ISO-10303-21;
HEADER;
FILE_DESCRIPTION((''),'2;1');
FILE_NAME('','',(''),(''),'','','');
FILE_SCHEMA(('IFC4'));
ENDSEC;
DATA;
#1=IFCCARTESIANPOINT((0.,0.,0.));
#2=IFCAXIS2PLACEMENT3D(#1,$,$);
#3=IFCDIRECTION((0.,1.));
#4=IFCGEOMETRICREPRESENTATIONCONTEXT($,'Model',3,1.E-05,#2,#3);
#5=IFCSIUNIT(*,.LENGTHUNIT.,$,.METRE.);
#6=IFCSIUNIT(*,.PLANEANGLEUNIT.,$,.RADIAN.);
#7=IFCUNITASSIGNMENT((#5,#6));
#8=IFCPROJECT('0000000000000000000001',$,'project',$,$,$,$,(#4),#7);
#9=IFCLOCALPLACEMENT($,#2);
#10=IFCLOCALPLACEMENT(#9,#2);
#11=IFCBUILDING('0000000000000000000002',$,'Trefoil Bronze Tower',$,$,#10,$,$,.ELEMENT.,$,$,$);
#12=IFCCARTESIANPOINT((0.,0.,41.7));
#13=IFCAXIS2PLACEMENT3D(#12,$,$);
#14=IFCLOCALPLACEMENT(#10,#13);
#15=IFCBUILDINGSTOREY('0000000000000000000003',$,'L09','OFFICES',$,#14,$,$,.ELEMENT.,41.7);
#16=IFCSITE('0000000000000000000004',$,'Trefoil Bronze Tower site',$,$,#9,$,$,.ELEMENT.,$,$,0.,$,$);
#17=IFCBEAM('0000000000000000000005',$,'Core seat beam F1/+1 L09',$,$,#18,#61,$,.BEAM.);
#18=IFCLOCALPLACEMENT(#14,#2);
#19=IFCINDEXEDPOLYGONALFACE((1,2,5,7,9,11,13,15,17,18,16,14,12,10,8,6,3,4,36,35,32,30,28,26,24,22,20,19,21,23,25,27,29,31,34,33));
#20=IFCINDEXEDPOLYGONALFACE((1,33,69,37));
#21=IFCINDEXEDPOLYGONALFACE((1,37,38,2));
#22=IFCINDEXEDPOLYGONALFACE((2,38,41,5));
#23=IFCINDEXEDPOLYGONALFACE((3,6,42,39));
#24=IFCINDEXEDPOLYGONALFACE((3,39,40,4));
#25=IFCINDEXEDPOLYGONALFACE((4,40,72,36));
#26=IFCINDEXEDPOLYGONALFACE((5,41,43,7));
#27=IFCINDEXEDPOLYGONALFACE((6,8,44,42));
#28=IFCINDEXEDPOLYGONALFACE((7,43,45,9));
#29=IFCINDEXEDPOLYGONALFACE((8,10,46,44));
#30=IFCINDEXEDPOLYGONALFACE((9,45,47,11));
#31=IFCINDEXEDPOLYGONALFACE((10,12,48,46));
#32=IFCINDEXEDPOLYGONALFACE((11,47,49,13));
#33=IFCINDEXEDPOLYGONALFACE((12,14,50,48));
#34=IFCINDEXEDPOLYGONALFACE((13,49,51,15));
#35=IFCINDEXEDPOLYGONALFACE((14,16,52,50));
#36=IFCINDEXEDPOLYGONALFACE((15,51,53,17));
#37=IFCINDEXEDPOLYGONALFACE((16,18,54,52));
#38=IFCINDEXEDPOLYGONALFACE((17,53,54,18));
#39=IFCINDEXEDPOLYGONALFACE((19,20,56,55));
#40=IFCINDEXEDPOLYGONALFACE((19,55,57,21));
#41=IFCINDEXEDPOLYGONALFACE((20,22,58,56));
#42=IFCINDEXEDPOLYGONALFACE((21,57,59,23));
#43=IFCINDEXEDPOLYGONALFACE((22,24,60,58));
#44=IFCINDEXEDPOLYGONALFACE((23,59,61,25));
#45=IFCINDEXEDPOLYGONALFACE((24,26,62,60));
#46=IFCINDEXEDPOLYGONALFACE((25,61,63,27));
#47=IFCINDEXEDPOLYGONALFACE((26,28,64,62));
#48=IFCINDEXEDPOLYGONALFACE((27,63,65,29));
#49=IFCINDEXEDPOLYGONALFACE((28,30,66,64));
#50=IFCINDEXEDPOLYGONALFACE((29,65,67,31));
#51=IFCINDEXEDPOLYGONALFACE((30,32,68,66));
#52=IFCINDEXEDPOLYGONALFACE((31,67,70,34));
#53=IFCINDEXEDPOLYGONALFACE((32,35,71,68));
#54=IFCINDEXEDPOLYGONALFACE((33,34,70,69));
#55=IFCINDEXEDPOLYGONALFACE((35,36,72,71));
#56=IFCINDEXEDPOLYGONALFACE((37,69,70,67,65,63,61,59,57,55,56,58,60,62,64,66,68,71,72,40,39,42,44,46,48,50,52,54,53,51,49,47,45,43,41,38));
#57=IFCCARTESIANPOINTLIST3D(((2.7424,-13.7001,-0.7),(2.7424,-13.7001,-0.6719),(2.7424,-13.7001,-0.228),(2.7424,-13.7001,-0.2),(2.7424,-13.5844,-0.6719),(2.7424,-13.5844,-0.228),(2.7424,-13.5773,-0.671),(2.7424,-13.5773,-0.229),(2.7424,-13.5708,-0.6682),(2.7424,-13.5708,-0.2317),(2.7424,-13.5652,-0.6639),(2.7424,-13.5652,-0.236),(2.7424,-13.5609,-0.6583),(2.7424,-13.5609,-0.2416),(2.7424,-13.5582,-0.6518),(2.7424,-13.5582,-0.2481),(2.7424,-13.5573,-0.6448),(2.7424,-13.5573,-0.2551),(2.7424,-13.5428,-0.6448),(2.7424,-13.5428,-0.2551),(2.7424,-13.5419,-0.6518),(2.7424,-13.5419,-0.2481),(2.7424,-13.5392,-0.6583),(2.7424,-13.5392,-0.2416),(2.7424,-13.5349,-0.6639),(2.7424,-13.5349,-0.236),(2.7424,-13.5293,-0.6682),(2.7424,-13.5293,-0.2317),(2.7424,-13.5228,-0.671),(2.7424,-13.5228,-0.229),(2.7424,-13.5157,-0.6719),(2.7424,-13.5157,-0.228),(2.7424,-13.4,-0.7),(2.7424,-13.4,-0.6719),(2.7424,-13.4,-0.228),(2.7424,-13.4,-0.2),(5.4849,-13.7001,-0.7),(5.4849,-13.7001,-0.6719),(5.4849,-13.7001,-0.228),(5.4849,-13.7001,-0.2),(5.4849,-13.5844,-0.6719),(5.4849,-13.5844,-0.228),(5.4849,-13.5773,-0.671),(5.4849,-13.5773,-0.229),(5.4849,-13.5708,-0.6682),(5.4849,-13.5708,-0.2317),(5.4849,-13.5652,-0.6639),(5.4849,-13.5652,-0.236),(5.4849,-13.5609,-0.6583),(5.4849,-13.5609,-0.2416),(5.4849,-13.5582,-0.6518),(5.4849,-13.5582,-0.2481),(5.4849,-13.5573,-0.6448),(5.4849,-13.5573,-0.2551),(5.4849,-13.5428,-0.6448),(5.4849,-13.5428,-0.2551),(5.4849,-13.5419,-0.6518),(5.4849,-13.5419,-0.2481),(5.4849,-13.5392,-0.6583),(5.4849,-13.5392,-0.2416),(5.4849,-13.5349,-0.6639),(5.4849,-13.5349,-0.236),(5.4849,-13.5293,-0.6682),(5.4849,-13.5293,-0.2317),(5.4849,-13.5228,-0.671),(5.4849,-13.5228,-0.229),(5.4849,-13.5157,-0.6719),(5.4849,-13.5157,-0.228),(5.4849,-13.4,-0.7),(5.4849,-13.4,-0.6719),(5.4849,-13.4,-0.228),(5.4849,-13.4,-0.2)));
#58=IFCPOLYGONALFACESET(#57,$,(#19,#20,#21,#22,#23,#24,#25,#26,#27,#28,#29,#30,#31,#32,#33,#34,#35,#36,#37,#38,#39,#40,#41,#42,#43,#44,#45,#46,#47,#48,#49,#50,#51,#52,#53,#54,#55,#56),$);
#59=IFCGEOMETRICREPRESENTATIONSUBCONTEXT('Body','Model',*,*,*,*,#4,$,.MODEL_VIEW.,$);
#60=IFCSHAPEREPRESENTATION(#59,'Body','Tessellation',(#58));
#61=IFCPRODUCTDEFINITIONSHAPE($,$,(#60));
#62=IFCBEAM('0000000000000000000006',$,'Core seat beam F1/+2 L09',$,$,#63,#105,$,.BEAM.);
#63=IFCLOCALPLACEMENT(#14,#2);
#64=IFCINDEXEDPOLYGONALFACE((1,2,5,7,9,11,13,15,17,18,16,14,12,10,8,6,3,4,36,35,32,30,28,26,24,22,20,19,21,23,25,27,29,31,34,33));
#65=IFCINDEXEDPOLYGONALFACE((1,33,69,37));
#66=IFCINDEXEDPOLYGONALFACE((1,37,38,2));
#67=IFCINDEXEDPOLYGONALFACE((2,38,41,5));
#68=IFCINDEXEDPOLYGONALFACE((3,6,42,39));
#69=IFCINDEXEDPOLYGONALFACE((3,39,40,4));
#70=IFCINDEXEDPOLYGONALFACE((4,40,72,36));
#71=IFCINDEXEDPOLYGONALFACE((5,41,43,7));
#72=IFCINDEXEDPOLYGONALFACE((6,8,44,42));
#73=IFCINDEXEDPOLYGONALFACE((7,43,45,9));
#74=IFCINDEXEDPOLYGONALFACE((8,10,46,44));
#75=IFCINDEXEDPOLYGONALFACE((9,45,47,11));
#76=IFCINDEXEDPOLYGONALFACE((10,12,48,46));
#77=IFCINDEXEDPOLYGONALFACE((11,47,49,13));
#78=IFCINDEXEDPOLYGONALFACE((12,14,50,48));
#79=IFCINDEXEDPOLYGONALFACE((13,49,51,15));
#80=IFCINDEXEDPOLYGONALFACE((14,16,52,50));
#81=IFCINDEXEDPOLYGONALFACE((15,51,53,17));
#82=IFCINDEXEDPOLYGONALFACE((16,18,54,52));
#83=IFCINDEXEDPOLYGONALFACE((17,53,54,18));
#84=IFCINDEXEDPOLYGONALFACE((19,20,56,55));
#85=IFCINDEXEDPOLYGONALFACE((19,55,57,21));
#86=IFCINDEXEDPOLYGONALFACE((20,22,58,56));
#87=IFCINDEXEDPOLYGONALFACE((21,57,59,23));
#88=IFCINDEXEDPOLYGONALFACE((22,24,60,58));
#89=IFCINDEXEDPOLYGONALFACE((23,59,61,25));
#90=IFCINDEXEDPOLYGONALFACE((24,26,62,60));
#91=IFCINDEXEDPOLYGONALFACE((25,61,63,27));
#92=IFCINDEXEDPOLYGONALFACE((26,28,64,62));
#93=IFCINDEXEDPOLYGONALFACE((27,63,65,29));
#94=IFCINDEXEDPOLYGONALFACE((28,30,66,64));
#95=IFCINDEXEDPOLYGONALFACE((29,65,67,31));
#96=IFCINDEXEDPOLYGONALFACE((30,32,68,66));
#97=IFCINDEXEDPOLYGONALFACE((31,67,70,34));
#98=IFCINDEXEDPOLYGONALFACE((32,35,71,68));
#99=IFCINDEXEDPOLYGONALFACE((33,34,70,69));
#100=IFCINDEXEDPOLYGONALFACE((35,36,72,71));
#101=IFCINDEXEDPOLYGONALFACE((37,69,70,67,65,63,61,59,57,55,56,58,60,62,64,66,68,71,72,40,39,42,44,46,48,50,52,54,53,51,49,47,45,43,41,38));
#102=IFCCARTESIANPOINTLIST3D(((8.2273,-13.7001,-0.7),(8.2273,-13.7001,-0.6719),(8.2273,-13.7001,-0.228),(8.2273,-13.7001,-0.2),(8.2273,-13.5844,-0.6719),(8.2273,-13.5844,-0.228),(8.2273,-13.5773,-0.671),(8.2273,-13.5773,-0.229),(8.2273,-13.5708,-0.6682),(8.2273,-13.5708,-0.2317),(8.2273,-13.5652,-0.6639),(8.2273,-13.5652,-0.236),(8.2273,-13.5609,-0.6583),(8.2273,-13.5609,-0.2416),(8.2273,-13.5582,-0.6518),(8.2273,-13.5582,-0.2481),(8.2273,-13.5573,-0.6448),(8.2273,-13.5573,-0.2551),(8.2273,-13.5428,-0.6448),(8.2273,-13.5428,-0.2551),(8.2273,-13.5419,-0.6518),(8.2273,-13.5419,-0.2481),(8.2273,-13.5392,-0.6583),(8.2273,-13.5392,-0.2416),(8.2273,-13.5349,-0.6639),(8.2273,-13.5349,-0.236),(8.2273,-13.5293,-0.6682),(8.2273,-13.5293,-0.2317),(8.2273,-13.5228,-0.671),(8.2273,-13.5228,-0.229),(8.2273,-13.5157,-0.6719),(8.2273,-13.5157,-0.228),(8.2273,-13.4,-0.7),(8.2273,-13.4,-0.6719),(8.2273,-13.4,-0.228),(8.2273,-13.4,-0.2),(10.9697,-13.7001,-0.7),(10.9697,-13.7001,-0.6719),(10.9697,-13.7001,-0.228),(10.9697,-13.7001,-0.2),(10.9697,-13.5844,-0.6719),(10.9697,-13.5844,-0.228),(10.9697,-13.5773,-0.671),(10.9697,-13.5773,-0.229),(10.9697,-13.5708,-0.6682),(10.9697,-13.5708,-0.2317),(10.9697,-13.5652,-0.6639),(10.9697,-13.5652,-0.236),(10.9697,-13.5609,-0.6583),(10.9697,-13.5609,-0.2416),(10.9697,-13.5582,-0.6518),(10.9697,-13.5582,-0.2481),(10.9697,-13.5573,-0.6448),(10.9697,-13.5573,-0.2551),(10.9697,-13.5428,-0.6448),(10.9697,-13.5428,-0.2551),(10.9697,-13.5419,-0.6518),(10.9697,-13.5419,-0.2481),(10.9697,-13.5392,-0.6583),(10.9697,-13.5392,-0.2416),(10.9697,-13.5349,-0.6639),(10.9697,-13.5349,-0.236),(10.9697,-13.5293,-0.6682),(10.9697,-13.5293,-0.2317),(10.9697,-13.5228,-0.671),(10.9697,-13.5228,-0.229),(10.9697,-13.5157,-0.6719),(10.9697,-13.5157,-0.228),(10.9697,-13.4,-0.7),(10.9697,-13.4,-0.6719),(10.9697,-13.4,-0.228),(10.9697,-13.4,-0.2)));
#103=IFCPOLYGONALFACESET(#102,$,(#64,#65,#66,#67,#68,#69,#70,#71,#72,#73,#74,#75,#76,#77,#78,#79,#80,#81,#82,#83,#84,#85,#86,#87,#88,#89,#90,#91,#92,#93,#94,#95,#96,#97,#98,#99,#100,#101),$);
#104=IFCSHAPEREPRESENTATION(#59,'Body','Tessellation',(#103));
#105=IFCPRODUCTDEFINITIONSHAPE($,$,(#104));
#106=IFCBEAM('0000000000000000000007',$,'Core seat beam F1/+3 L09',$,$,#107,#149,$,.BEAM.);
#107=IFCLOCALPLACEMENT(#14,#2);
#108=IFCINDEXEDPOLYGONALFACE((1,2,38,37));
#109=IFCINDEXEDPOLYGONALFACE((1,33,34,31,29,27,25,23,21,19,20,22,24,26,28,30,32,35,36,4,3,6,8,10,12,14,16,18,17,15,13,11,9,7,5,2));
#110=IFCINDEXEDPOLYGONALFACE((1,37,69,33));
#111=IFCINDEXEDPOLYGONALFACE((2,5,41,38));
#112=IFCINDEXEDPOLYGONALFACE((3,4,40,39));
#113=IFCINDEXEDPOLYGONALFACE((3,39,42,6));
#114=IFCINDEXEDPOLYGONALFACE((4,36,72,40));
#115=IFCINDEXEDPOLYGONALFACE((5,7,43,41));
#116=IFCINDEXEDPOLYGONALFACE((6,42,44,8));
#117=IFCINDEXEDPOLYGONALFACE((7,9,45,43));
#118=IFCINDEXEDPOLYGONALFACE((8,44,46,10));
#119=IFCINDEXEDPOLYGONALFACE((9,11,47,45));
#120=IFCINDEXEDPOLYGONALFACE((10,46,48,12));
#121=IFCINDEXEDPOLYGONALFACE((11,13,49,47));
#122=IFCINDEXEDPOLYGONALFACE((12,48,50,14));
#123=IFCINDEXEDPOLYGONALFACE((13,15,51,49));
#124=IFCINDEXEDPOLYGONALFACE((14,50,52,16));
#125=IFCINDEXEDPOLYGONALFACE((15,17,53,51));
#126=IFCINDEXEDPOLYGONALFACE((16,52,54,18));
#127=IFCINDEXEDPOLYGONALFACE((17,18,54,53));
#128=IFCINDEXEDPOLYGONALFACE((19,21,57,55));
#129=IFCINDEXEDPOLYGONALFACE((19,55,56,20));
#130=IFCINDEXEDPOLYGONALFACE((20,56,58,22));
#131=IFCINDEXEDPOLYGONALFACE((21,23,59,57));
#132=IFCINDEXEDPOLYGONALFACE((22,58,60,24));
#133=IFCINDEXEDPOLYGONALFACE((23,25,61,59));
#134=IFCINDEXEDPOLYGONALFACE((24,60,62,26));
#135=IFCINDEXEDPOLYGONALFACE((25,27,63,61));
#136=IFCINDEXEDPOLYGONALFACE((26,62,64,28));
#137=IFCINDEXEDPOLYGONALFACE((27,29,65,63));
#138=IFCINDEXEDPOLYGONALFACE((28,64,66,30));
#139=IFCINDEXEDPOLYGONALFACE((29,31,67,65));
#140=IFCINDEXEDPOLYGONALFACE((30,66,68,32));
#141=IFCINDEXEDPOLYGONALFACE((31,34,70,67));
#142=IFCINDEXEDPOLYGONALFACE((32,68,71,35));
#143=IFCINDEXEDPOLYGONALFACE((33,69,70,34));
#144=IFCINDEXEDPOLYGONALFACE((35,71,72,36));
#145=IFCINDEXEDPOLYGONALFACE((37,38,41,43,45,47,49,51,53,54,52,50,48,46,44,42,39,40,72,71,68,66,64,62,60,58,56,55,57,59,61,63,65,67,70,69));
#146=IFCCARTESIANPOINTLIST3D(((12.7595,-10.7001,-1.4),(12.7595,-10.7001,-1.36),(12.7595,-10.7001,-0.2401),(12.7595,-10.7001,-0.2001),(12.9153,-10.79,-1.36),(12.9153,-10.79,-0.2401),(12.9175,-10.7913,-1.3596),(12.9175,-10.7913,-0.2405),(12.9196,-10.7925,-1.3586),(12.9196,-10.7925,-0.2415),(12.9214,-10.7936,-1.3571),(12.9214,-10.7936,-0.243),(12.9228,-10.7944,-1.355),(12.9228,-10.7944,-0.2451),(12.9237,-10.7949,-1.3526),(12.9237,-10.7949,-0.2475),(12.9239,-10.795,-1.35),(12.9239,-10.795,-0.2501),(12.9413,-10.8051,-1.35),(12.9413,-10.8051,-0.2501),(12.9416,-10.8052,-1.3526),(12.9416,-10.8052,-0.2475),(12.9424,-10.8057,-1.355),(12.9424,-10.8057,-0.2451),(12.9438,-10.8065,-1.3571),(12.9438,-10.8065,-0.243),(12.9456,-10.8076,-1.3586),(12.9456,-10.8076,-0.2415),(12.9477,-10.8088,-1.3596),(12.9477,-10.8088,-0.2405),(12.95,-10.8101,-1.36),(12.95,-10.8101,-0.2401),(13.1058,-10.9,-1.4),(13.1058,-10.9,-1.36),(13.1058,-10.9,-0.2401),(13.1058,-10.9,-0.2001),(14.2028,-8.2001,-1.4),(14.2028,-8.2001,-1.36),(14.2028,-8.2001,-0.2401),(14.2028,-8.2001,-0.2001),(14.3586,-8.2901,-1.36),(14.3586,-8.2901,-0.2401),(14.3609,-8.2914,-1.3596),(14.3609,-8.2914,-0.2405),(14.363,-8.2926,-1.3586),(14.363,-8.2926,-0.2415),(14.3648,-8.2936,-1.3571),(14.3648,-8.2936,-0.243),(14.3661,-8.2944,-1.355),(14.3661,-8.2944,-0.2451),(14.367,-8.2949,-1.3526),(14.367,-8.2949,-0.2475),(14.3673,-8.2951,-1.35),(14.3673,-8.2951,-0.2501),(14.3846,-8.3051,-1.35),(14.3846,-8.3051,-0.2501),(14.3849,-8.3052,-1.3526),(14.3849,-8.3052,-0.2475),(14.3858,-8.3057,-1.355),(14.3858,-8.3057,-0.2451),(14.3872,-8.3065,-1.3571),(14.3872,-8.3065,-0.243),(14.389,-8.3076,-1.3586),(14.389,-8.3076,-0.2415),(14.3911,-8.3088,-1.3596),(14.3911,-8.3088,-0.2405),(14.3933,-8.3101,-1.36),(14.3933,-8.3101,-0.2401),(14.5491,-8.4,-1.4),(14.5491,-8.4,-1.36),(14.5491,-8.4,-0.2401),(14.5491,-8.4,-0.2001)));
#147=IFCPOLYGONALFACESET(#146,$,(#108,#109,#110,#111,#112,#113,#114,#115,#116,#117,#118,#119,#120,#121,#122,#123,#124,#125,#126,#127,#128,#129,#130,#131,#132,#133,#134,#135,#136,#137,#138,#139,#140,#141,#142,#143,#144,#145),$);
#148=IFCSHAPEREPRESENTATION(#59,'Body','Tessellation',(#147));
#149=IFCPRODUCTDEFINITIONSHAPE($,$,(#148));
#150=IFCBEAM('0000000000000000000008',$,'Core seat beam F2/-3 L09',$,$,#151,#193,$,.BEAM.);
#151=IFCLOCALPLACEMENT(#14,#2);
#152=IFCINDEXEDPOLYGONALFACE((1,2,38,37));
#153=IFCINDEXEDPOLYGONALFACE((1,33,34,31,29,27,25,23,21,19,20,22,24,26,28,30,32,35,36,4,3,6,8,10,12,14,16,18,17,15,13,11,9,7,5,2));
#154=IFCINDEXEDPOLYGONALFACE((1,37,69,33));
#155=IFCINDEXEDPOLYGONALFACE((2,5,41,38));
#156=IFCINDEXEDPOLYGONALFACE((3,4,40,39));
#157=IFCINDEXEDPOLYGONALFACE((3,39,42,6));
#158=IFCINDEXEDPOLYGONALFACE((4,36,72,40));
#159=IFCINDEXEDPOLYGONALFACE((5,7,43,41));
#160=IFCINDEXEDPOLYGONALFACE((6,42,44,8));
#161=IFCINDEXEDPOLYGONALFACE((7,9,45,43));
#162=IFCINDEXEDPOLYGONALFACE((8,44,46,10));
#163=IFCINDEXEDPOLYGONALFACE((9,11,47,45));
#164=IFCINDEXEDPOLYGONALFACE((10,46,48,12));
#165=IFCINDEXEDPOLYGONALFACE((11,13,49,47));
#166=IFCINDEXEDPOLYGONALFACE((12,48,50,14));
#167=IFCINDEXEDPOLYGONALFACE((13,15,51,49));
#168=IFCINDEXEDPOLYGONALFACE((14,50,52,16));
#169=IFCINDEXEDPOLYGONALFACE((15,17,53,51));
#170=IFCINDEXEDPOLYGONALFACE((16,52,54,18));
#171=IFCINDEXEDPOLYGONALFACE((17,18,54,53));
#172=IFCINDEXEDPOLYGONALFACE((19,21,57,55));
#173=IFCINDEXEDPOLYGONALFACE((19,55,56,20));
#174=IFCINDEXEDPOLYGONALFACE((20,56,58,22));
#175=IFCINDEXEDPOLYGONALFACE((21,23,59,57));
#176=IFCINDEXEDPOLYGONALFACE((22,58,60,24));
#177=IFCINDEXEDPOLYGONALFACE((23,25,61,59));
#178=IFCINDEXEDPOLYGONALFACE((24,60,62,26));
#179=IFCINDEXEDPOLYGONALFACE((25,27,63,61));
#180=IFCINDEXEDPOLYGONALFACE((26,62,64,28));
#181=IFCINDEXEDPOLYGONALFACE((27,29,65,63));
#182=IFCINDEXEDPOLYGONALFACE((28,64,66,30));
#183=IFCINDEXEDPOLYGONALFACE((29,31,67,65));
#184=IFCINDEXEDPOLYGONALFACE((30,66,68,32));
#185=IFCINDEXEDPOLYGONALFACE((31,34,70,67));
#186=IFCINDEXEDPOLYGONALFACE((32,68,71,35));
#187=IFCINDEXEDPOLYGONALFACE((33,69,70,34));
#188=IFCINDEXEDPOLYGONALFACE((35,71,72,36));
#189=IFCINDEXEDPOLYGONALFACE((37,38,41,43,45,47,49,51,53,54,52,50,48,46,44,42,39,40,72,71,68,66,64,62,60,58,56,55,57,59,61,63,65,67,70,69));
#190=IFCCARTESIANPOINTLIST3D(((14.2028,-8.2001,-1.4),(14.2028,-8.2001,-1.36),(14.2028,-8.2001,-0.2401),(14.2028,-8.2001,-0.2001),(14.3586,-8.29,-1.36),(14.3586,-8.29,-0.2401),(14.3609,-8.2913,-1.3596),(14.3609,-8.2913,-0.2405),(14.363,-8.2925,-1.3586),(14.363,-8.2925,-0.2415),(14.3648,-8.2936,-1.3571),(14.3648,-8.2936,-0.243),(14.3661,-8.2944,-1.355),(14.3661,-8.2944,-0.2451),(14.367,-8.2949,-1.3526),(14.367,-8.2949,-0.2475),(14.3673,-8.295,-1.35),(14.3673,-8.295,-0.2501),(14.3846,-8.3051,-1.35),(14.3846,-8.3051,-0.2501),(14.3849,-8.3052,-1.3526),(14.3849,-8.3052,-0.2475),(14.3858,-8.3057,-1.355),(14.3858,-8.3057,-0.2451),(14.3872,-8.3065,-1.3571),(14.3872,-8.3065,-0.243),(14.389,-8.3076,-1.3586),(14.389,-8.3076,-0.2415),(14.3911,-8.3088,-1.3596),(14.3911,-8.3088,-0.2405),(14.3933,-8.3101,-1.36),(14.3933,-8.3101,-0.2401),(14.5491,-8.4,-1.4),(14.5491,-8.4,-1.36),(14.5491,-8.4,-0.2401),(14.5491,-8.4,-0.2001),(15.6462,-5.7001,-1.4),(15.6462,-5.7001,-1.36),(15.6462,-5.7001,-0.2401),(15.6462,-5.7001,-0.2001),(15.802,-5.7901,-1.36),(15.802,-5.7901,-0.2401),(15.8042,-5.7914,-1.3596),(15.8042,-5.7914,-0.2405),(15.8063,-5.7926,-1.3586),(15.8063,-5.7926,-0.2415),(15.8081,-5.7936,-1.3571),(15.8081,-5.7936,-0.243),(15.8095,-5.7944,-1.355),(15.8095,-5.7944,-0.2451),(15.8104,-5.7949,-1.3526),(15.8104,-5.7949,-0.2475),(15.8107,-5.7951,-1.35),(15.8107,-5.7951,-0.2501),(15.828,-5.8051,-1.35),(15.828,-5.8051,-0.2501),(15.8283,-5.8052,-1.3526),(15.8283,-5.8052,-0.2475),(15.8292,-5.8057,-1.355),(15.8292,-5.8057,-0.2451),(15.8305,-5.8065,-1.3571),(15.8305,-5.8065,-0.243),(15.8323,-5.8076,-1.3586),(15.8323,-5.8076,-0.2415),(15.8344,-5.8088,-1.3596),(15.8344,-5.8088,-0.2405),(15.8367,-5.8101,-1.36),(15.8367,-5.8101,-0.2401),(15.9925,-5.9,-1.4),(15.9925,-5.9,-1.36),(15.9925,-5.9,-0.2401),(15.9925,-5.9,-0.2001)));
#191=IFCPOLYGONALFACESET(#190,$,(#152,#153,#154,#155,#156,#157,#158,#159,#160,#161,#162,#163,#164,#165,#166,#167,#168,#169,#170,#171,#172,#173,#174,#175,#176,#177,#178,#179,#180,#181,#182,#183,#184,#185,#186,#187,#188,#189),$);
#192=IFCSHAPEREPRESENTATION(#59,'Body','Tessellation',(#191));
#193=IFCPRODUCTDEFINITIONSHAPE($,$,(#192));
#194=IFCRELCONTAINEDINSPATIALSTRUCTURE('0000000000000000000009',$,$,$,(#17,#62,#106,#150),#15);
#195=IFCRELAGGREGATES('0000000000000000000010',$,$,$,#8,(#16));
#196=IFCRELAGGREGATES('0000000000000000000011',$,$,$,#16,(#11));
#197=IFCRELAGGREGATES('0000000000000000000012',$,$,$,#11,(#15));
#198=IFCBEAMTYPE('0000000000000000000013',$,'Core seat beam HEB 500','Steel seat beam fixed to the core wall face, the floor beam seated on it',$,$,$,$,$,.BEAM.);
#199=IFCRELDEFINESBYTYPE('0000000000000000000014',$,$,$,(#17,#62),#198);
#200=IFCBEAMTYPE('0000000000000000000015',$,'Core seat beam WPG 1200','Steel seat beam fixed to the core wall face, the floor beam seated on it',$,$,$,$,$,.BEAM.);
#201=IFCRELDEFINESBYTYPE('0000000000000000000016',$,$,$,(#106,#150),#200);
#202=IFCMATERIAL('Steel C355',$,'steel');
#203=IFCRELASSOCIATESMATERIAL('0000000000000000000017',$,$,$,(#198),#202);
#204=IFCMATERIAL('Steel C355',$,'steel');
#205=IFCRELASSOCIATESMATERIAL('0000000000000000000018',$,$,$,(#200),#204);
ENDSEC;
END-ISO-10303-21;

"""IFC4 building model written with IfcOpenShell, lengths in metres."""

from ifc_helpers import new_model, si_unit, direction, frame, origin, origin_2d, place, context, subcontext, project, spatial, i_section, extrude, material, material_profile, profile_set, type_object, element, save


model = new_model("IFC4")

# Units and contexts
model_context = context("Model", 3, precision=1e-05, world=origin(), true_north=direction((0.0, 1.0)))
body_context = subcontext(model_context, "Body", "Model", "MODEL_VIEW")
ifc_project = project(units=[si_unit("LENGTHUNIT", "METRE"), si_unit("PLANEANGLEUNIT", "RADIAN")], contexts=[model_context])

# Site, building, storey
site_placement = place(None, origin())
site = spatial("IfcSite", under=ifc_project, at=site_placement, Name="Trefoil Bronze Tower site", CompositionType="ELEMENT", RefElevation=0.0)
building_placement = place(site_placement, origin())
building = spatial("IfcBuilding", under=site, at=building_placement, Name="Trefoil Bronze Tower", CompositionType="ELEMENT")
storey_placement = place(building_placement, frame((0.0, 0.0, 41.7)))
storey = spatial("IfcBuildingStorey", under=building, at=storey_placement, Name="L09", Description="OFFICES", CompositionType="ELEMENT", Elevation=41.7)

# Beams
ifc_material_1 = material(Name="Steel C355", Category="steel")
ifc_material_profile_1 = material_profile(ifc_material_1, i_section(OverallWidth=0.3, OverallDepth=0.5, WebThickness=0.0144, FlangeThickness=0.0281, FilletRadius=0.0271, at=origin_2d()), Name="HEB 500")
ifc_profile_set_1 = profile_set([ifc_material_profile_1], Name="Steel C355")
beam_type_1 = type_object("IfcBeamType", Name="Core seat beam HEB 500", Description="Steel seat beam fixed to the core wall face, the floor beam seated on it", PredefinedType="BEAM", material=ifc_profile_set_1)
for number, where, z_axis, x_axis, name in (
    (1, (2.7424, -13.55, -0.45), (1.0, 0.0, 0.0), (0.0, 1.0, 0.0), "Core seat beam F1/+1 L09"),
    (2, (8.2273, -13.55, -0.45), (1.0, 0.0, 0.0), (0.0, 1.0, 0.0), "Core seat beam F1/+2 L09"),
):
    element("IfcBeam", number, at=place(storey_placement, frame(where, z_axis=z_axis, x_axis=x_axis)), inside=storey, type_object=beam_type_1, Name=name, PredefinedType="BEAM", context=body_context, shape_type="SweptSolid", body=[
        extrude(i_section(OverallWidth=0.3, OverallDepth=0.5, WebThickness=0.0144, FlangeThickness=0.0281, FilletRadius=0.0271, at=origin_2d()), origin(), (0.0, 0.0, 1.0), 2.7424),
    ])
ifc_material_2 = material(Name="Steel C355", Category="steel")
ifc_material_profile_2 = material_profile(ifc_material_2, i_section(OverallWidth=0.3999, OverallDepth=1.2, WebThickness=0.02, FlangeThickness=0.04, FilletRadius=0.01, at=origin_2d()), Name="WPG 1200")
ifc_profile_set_2 = profile_set([ifc_material_profile_2], Name="Steel C355")
beam_type_2 = type_object("IfcBeamType", Name="Core seat beam WPG 1200", Description="Steel seat beam fixed to the core wall face, the floor beam seated on it", PredefinedType="BEAM", material=ifc_profile_set_2)
for number, where, z_axis, x_axis, name in (
    (3, (12.9326, -10.8, -0.8), (0.499996, 0.866028, 0.0), (-0.866028, 0.499996, 0.0), "Core seat beam F1/+3 L09"),
    (4, (14.376, -8.3, -0.8), (0.499996, 0.866028, 0.0), (-0.866028, 0.499996, 0.0), "Core seat beam F2/-3 L09"),
):
    element("IfcBeam", number, at=place(storey_placement, frame(where, z_axis=z_axis, x_axis=x_axis)), inside=storey, type_object=beam_type_2, Name=name, PredefinedType="BEAM", context=body_context, shape_type="SweptSolid", body=[
        extrude(i_section(OverallWidth=0.3999, OverallDepth=1.2, WebThickness=0.02, FlangeThickness=0.04, FilletRadius=0.01, at=origin_2d()), origin(), (0.0, 0.0, 1.0), 2.8867),
    ])

save(model, "model.ifc")
